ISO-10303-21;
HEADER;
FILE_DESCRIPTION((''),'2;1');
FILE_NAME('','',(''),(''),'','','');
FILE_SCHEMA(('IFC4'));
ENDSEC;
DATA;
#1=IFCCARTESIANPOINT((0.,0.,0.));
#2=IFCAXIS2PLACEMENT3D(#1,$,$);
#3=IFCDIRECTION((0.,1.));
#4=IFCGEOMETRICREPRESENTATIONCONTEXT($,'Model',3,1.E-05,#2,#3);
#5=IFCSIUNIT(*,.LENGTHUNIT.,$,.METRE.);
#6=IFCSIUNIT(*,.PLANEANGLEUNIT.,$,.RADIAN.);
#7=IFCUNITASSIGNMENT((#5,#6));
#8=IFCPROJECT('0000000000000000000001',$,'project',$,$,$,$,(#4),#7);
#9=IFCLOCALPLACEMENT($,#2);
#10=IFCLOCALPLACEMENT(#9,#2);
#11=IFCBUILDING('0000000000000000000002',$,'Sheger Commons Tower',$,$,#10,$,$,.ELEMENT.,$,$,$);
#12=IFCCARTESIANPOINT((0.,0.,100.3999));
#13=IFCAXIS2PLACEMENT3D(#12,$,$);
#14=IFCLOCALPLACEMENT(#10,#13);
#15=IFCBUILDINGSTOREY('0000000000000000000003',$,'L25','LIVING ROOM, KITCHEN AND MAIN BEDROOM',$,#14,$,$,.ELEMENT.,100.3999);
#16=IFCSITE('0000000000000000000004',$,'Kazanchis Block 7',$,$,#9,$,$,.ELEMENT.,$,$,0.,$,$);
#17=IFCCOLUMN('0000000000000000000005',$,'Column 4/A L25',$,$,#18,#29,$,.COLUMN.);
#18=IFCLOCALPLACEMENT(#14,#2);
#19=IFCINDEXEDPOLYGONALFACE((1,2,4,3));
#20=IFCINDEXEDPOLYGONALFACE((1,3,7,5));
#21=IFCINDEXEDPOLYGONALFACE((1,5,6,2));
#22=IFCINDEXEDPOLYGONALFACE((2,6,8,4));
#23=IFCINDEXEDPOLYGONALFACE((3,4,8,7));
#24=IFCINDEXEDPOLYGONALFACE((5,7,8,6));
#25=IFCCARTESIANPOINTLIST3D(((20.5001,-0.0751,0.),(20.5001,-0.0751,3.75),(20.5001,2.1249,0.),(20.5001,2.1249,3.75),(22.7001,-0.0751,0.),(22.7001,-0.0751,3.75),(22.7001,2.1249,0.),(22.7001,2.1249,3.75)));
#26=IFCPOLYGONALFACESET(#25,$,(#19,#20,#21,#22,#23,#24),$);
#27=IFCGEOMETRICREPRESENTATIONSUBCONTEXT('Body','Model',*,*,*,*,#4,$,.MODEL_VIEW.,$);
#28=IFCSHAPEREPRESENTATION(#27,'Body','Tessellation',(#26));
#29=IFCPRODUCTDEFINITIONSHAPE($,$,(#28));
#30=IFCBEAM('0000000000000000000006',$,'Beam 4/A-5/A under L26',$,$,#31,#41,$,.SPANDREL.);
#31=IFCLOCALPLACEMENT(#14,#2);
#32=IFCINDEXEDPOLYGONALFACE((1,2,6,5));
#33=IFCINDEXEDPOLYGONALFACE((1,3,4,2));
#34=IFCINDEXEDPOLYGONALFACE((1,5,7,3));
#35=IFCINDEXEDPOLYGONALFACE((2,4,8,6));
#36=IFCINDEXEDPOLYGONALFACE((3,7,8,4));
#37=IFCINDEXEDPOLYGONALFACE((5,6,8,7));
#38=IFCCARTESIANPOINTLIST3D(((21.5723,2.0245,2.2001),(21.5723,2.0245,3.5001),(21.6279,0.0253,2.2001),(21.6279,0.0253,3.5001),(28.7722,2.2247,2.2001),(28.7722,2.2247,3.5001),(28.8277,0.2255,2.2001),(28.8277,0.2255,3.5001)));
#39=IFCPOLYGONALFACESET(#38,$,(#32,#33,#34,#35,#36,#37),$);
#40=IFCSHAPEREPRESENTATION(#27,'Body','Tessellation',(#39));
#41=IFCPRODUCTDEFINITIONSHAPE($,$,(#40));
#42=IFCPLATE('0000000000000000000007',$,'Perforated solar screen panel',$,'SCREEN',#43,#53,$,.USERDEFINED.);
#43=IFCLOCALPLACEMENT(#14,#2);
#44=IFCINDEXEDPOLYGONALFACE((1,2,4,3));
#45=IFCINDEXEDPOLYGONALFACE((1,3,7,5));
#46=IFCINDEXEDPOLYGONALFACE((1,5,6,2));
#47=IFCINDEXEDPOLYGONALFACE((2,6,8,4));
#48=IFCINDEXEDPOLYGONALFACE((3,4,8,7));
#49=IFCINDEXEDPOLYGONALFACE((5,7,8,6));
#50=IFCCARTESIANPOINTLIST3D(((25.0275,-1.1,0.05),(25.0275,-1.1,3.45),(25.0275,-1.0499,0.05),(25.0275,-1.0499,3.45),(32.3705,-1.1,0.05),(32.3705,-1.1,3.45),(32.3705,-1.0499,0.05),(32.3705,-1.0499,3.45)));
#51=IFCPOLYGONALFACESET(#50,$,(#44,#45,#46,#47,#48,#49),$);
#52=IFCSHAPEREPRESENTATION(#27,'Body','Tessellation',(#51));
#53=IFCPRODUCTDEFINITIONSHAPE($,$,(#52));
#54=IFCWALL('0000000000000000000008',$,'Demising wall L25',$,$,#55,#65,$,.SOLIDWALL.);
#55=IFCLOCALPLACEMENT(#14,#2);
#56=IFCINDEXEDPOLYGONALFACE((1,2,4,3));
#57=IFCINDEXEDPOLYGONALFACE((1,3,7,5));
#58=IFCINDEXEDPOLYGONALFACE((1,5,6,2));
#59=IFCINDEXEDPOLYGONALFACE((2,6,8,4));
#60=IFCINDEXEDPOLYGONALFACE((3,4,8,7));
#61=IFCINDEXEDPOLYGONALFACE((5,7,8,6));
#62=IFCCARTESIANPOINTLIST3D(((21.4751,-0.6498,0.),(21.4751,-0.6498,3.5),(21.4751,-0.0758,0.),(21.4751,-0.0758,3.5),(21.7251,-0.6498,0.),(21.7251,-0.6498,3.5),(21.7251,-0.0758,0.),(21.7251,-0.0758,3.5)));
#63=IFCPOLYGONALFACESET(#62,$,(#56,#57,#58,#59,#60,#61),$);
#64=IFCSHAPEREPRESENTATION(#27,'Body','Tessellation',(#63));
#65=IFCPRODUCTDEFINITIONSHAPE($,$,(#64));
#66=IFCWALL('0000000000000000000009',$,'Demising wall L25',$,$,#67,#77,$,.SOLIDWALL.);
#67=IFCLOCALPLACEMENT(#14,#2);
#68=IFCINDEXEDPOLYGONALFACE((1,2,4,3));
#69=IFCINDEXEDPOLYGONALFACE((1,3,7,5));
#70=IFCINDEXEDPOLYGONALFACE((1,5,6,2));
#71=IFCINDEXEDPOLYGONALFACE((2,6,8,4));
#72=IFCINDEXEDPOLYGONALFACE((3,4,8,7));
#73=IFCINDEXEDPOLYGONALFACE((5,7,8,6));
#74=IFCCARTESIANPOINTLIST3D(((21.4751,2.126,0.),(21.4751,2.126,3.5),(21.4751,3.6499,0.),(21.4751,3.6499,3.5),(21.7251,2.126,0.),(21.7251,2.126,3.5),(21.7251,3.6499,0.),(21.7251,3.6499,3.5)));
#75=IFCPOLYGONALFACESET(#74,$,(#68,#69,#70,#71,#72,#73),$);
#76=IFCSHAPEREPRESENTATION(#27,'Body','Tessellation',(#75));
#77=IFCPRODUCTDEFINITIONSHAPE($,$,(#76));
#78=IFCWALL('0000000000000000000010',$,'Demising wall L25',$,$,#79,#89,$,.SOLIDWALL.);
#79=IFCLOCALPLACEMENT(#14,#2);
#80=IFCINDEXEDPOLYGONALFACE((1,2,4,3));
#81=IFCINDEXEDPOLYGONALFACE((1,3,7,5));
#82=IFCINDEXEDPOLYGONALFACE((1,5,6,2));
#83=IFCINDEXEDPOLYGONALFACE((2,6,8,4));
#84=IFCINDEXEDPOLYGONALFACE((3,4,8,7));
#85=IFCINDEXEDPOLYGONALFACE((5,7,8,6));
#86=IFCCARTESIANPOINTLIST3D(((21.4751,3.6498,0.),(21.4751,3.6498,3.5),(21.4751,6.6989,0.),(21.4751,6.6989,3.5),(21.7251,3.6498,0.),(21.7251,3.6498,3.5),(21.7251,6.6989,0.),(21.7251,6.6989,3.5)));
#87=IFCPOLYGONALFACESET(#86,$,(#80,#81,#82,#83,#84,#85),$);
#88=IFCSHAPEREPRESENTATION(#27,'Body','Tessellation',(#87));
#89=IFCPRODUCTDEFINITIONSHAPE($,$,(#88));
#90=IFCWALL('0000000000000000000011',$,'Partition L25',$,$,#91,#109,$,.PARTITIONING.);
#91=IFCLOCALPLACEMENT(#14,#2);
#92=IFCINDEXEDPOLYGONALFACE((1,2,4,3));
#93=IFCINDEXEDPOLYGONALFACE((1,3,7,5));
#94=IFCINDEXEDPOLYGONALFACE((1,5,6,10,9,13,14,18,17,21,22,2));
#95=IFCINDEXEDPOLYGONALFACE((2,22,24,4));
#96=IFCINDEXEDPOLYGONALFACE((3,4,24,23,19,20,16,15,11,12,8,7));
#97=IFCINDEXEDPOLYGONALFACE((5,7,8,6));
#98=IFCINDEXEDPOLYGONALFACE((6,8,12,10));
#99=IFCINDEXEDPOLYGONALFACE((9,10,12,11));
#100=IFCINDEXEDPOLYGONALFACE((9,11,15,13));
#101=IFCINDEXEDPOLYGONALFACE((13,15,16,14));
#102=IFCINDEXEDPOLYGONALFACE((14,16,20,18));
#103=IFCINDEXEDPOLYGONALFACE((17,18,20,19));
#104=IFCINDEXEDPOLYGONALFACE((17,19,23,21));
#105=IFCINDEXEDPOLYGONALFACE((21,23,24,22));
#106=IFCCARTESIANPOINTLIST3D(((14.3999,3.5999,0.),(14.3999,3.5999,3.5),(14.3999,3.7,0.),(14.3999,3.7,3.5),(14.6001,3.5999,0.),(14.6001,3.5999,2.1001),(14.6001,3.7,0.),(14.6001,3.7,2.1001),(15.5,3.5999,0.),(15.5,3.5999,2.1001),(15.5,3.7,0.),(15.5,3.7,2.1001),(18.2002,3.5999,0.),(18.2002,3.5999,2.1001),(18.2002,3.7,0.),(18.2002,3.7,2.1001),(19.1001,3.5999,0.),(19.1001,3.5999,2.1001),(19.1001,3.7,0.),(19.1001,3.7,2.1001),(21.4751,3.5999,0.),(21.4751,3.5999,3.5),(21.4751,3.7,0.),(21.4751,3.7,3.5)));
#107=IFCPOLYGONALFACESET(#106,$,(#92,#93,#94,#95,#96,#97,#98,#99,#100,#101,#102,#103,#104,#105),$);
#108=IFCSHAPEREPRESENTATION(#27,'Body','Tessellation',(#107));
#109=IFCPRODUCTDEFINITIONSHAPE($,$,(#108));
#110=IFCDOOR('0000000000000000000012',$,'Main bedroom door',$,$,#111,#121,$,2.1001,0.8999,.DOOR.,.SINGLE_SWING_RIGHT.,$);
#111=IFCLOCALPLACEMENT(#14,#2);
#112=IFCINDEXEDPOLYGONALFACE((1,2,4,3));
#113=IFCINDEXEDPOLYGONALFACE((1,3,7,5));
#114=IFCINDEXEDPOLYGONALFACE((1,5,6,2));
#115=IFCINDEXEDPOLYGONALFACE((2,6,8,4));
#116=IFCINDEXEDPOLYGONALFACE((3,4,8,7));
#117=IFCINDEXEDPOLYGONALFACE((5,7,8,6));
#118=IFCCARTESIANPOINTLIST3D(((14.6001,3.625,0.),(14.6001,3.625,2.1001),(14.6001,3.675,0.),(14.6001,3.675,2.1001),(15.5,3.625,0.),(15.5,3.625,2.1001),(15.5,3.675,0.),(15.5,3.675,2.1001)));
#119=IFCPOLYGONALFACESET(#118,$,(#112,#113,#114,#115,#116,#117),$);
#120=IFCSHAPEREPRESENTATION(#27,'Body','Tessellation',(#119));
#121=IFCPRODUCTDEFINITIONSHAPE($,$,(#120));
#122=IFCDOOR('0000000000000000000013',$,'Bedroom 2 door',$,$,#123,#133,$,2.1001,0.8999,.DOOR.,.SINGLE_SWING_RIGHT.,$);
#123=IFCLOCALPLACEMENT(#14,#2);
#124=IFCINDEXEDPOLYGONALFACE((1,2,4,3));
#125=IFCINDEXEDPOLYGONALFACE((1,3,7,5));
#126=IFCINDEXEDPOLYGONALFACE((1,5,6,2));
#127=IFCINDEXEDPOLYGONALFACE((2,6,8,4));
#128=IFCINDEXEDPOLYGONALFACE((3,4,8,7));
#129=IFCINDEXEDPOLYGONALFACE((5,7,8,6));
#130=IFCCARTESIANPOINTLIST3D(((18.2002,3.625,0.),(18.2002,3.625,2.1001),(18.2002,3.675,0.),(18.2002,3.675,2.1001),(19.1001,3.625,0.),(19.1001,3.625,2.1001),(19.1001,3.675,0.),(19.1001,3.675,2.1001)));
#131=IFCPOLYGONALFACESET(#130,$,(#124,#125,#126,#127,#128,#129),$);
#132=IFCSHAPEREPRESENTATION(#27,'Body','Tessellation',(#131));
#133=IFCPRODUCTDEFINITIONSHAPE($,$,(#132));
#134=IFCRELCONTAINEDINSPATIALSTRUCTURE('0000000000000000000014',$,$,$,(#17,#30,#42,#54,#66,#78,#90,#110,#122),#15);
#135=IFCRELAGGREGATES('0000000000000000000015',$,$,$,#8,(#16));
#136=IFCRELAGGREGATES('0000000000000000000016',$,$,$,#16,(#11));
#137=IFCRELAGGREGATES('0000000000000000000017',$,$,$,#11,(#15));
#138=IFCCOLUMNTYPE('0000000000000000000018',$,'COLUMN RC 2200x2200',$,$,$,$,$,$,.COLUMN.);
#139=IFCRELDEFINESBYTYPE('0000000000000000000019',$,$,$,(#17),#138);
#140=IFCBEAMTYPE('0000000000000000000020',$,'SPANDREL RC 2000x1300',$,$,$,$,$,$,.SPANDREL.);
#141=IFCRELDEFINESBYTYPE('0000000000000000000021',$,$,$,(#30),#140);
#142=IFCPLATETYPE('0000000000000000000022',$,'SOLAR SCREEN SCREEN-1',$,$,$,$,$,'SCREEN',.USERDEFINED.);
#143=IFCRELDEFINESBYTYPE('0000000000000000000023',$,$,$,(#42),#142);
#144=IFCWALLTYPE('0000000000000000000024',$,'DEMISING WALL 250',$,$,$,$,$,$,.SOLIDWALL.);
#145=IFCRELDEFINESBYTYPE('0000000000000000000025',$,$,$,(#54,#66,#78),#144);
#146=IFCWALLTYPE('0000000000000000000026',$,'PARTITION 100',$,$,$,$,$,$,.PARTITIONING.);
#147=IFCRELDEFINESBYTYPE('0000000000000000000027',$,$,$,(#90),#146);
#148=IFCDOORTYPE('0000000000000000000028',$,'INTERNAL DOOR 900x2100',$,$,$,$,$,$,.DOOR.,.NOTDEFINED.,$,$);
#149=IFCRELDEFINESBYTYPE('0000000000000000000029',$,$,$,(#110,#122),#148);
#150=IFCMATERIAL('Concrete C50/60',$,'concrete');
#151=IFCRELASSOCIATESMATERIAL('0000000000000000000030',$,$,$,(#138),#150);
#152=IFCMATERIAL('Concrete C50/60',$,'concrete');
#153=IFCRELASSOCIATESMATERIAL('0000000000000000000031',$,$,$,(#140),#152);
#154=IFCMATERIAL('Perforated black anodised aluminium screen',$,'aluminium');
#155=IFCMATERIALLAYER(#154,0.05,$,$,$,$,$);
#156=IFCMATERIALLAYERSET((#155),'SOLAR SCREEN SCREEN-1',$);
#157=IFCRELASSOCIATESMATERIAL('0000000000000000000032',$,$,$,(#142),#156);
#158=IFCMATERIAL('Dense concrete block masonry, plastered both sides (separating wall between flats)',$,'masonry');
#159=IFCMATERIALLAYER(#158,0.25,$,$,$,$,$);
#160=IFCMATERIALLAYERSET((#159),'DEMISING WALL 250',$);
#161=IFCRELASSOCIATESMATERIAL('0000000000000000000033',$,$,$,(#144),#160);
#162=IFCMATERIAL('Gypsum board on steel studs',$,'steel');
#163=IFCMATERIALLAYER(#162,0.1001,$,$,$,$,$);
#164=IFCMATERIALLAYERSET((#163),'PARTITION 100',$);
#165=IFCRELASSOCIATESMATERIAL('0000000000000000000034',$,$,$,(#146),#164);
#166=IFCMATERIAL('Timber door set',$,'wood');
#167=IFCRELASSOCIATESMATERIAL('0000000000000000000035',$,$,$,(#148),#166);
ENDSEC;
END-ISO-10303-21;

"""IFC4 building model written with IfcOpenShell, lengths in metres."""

from ifc_helpers import new_model, si_unit, direction, frame, frame_2d, origin, origin_2d, place, context, subcontext, project, spatial, rectangle, extrude, material, layer, layer_set, material_profile, profile_set, type_object, element, fill, save


model = new_model("IFC4")

# Units and contexts
model_context = context("Model", 3, precision=1e-05, world=origin(), true_north=direction((0.0, 1.0)))
body_context = subcontext(model_context, "Body", "Model", "MODEL_VIEW")
ifc_project = project(units=[si_unit("LENGTHUNIT", "METRE"), si_unit("PLANEANGLEUNIT", "RADIAN")], contexts=[model_context])

# Site, building, storey
site_placement = place(None, origin())
site = spatial("IfcSite", under=ifc_project, at=site_placement, Name="Kazanchis Block 7", CompositionType="ELEMENT", RefElevation=0.0)
building_placement = place(site_placement, origin())
building = spatial("IfcBuilding", under=site, at=building_placement, Name="Sheger Commons Tower", CompositionType="ELEMENT")
storey_placement = place(building_placement, frame((0.0, 0.0, 100.3999)))
storey = spatial("IfcBuildingStorey", under=building, at=storey_placement, Name="L25", Description="LIVING ROOM, KITCHEN AND MAIN BEDROOM", CompositionType="ELEMENT", Elevation=100.3999)

# Column
ifc_material_1 = material(Name="Concrete C50/60", Category="concrete")
ifc_material_profile_1 = material_profile(ifc_material_1, rectangle(XDim=2.2, YDim=2.2, at=origin_2d()), Name="RC 2200x2200")
ifc_profile_set_1 = profile_set([ifc_material_profile_1], Name="Concrete C50/60")
column_type = type_object("IfcColumnType", Name="COLUMN RC 2200x2200", PredefinedType="COLUMN", material=ifc_profile_set_1)
column_placement = place(storey_placement, frame((21.6001, 1.0249, 0.0), z_axis=(0.0, 0.0, 1.0), x_axis=(1.0, 0.0, 0.0)))
element("IfcColumn", 1, at=column_placement, inside=storey, type_object=column_type, Name="Column 4/A L25", PredefinedType="COLUMN", context=body_context, shape_type="SweptSolid", body=[
    extrude(rectangle(XDim=2.2, YDim=2.2, at=origin_2d()), origin(), (0.0, 0.0, 1.0), 3.75),
])

# Beam
ifc_material_2 = material(Name="Concrete C50/60", Category="concrete")
ifc_material_profile_2 = material_profile(ifc_material_2, rectangle(XDim=2.0, YDim=1.3, at=origin_2d()), Name="RC 2000x1300")
ifc_profile_set_2 = profile_set([ifc_material_profile_2], Name="Concrete C50/60")
beam_type = type_object("IfcBeamType", Name="SPANDREL RC 2000x1300", PredefinedType="SPANDREL", material=ifc_profile_set_2)
beam_placement = place(storey_placement, frame((21.6001, 1.0249, 2.8501), z_axis=(0.999614, 0.027794, 0.0), x_axis=(-0.027794, 0.999614, 0.0)))
element("IfcBeam", 2, at=beam_placement, inside=storey, type_object=beam_type, Name="Beam 4/A-5/A under L26", PredefinedType="SPANDREL", context=body_context, shape_type="SweptSolid", body=[
    extrude(rectangle(XDim=2.0, YDim=1.3, at=origin_2d()), origin(), (0.0, 0.0, 1.0), 7.2026),
])

# Plate
ifc_material_3 = material(Name="Perforated black anodised aluminium screen", Category="aluminium")
ifc_layer_1 = layer(ifc_material_3, 0.05)
ifc_layer_set_1 = layer_set([ifc_layer_1], Name="SOLAR SCREEN SCREEN-1")
plate_type = type_object("IfcPlateType", Name="SOLAR SCREEN SCREEN-1", ElementType="SCREEN", PredefinedType="USERDEFINED", material=ifc_layer_set_1)
plate_placement = place(storey_placement, frame((28.699, -1.075, 0.05), z_axis=(0.0, 0.0, 1.0), x_axis=(1.0, 0.0, 0.0)))
element("IfcPlate", 3, at=plate_placement, inside=storey, type_object=plate_type, Name="Perforated solar screen panel", ObjectType="SCREEN", PredefinedType="USERDEFINED", context=body_context, shape_type="SweptSolid", body=[
    extrude(rectangle(XDim=7.343, YDim=0.05, at=origin_2d()), origin(), (0.0, 0.0, 1.0), 3.3999),
])

# Walls
ifc_material_4 = material(Name="Dense concrete block masonry, plastered both sides (separating wall between flats)", Category="masonry")
ifc_layer_2 = layer(ifc_material_4, 0.25)
ifc_layer_set_2 = layer_set([ifc_layer_2], Name="DEMISING WALL 250")
wall_type_1 = type_object("IfcWallType", Name="DEMISING WALL 250", PredefinedType="SOLIDWALL", material=ifc_layer_set_2)
wall_1_placement = place(storey_placement, frame((21.6001, -0.6499, 0.0), z_axis=(0.0, 0.0, 1.0), x_axis=(0.0, 1.0, 0.0)))
element("IfcWall", 4, at=wall_1_placement, inside=storey, type_object=wall_type_1, Name="Demising wall L25", PredefinedType="SOLIDWALL", context=body_context, shape_type="SweptSolid", body=[
    extrude(rectangle(XDim=0.574, YDim=0.25, at=frame_2d((0.2871, 0.0))), origin(), (0.0, 0.0, 1.0), 3.5),
])
wall_2_placement = place(storey_placement, frame((21.6001, 2.126, 0.0), z_axis=(0.0, 0.0, 1.0), x_axis=(0.0, 1.0, 0.0)))
element("IfcWall", 5, at=wall_2_placement, inside=storey, type_object=wall_type_1, Name="Demising wall L25", PredefinedType="SOLIDWALL", context=body_context, shape_type="SweptSolid", body=[
    extrude(rectangle(XDim=1.5239, YDim=0.25, at=frame_2d((0.762, 0.0))), origin(), (0.0, 0.0, 1.0), 3.5),
])
wall_3_placement = place(storey_placement, frame((21.6001, 3.6499, 0.0), z_axis=(0.0, 0.0, 1.0), x_axis=(0.0, 1.0, 0.0)))
element("IfcWall", 6, at=wall_3_placement, inside=storey, type_object=wall_type_1, Name="Demising wall L25", PredefinedType="SOLIDWALL", context=body_context, shape_type="SweptSolid", body=[
    extrude(rectangle(XDim=3.0491, YDim=0.25, at=frame_2d((1.5244, 0.0))), origin(), (0.0, 0.0, 1.0), 3.5),
])

# Wall, openings, doors
ifc_material_5 = material(Name="Gypsum board on steel studs", Category="steel")
ifc_layer_3 = layer(ifc_material_5, 0.1001)
ifc_layer_set_3 = layer_set([ifc_layer_3], Name="PARTITION 100")
wall_type_2 = type_object("IfcWallType", Name="PARTITION 100", PredefinedType="PARTITIONING", material=ifc_layer_set_3)
wall_4_placement = place(storey_placement, frame((21.4751, 3.6499, 0.0), z_axis=(0.0, 0.0, 1.0), x_axis=(-1.0, 0.0, 0.0)))
wall_4 = element("IfcWall", 7, at=wall_4_placement, inside=storey, type_object=wall_type_2, Name="Partition L25", PredefinedType="PARTITIONING", context=body_context, shape_type="SweptSolid", body=[
    extrude(rectangle(XDim=7.0752, YDim=0.1001, at=frame_2d((3.5376, 0.0))), origin(), (0.0, 0.0, 1.0), 3.5),
])
opening_1_placement = place(wall_4_placement, frame((5.9751, 0.0, 0.0)))
opening_1 = element("IfcOpeningElement", 8, at=opening_1_placement, cuts=wall_4, PredefinedType="OPENING", context=body_context, shape_type="SweptSolid", body=[
    extrude(rectangle(XDim=0.8999, YDim=2.1001, at=frame_2d((0.45, 1.05))), frame((0.0, 0.0601, 0.0), z_axis=(0.0, -1.0, 0.0), x_axis=(1.0, 0.0, 0.0)), (0.0, 0.0, 1.0), 0.1201),
])
opening_2_placement = place(wall_4_placement, frame((2.375, 0.0, 0.0)))
opening_2 = element("IfcOpeningElement", 9, at=opening_2_placement, cuts=wall_4, PredefinedType="OPENING", context=body_context, shape_type="SweptSolid", body=[
    extrude(rectangle(XDim=0.8999, YDim=2.1001, at=frame_2d((0.45, 1.05))), frame((0.0, 0.0601, 0.0), z_axis=(0.0, -1.0, 0.0), x_axis=(1.0, 0.0, 0.0)), (0.0, 0.0, 1.0), 0.1201),
])
ifc_material_6 = material(Name="Timber door set", Category="wood")
door_type = type_object("IfcDoorType", Name="INTERNAL DOOR 900x2100", OperationType="NOTDEFINED", PredefinedType="DOOR", material=ifc_material_6)
door_1_placement = place(opening_1_placement, origin())
door_1 = element("IfcDoor", 10, at=door_1_placement, inside=storey, type_object=door_type, Name="Main bedroom door", OperationType="SINGLE_SWING_RIGHT", OverallHeight=2.1001, OverallWidth=0.8999, PredefinedType="DOOR", context=body_context, shape_type="SweptSolid", body=[
    extrude(rectangle(XDim=0.8999, YDim=2.1001, at=frame_2d((0.45, 1.05))), frame((0.0, 0.0249, 0.0), z_axis=(0.0, -1.0, 0.0), x_axis=(1.0, 0.0, 0.0)), (0.0, 0.0, 1.0), 0.05),
])
fill(opening_1, door_1)
door_2_placement = place(opening_2_placement, origin())
door_2 = element("IfcDoor", 11, at=door_2_placement, inside=storey, type_object=door_type, Name="Bedroom 2 door", OperationType="SINGLE_SWING_RIGHT", OverallHeight=2.1001, OverallWidth=0.8999, PredefinedType="DOOR", context=body_context, shape_type="SweptSolid", body=[
    extrude(rectangle(XDim=0.8999, YDim=2.1001, at=frame_2d((0.45, 1.05))), frame((0.0, 0.0249, 0.0), z_axis=(0.0, -1.0, 0.0), x_axis=(1.0, 0.0, 0.0)), (0.0, 0.0, 1.0), 0.05),
])
fill(opening_2, door_2)

save(model, "model.ifc")
